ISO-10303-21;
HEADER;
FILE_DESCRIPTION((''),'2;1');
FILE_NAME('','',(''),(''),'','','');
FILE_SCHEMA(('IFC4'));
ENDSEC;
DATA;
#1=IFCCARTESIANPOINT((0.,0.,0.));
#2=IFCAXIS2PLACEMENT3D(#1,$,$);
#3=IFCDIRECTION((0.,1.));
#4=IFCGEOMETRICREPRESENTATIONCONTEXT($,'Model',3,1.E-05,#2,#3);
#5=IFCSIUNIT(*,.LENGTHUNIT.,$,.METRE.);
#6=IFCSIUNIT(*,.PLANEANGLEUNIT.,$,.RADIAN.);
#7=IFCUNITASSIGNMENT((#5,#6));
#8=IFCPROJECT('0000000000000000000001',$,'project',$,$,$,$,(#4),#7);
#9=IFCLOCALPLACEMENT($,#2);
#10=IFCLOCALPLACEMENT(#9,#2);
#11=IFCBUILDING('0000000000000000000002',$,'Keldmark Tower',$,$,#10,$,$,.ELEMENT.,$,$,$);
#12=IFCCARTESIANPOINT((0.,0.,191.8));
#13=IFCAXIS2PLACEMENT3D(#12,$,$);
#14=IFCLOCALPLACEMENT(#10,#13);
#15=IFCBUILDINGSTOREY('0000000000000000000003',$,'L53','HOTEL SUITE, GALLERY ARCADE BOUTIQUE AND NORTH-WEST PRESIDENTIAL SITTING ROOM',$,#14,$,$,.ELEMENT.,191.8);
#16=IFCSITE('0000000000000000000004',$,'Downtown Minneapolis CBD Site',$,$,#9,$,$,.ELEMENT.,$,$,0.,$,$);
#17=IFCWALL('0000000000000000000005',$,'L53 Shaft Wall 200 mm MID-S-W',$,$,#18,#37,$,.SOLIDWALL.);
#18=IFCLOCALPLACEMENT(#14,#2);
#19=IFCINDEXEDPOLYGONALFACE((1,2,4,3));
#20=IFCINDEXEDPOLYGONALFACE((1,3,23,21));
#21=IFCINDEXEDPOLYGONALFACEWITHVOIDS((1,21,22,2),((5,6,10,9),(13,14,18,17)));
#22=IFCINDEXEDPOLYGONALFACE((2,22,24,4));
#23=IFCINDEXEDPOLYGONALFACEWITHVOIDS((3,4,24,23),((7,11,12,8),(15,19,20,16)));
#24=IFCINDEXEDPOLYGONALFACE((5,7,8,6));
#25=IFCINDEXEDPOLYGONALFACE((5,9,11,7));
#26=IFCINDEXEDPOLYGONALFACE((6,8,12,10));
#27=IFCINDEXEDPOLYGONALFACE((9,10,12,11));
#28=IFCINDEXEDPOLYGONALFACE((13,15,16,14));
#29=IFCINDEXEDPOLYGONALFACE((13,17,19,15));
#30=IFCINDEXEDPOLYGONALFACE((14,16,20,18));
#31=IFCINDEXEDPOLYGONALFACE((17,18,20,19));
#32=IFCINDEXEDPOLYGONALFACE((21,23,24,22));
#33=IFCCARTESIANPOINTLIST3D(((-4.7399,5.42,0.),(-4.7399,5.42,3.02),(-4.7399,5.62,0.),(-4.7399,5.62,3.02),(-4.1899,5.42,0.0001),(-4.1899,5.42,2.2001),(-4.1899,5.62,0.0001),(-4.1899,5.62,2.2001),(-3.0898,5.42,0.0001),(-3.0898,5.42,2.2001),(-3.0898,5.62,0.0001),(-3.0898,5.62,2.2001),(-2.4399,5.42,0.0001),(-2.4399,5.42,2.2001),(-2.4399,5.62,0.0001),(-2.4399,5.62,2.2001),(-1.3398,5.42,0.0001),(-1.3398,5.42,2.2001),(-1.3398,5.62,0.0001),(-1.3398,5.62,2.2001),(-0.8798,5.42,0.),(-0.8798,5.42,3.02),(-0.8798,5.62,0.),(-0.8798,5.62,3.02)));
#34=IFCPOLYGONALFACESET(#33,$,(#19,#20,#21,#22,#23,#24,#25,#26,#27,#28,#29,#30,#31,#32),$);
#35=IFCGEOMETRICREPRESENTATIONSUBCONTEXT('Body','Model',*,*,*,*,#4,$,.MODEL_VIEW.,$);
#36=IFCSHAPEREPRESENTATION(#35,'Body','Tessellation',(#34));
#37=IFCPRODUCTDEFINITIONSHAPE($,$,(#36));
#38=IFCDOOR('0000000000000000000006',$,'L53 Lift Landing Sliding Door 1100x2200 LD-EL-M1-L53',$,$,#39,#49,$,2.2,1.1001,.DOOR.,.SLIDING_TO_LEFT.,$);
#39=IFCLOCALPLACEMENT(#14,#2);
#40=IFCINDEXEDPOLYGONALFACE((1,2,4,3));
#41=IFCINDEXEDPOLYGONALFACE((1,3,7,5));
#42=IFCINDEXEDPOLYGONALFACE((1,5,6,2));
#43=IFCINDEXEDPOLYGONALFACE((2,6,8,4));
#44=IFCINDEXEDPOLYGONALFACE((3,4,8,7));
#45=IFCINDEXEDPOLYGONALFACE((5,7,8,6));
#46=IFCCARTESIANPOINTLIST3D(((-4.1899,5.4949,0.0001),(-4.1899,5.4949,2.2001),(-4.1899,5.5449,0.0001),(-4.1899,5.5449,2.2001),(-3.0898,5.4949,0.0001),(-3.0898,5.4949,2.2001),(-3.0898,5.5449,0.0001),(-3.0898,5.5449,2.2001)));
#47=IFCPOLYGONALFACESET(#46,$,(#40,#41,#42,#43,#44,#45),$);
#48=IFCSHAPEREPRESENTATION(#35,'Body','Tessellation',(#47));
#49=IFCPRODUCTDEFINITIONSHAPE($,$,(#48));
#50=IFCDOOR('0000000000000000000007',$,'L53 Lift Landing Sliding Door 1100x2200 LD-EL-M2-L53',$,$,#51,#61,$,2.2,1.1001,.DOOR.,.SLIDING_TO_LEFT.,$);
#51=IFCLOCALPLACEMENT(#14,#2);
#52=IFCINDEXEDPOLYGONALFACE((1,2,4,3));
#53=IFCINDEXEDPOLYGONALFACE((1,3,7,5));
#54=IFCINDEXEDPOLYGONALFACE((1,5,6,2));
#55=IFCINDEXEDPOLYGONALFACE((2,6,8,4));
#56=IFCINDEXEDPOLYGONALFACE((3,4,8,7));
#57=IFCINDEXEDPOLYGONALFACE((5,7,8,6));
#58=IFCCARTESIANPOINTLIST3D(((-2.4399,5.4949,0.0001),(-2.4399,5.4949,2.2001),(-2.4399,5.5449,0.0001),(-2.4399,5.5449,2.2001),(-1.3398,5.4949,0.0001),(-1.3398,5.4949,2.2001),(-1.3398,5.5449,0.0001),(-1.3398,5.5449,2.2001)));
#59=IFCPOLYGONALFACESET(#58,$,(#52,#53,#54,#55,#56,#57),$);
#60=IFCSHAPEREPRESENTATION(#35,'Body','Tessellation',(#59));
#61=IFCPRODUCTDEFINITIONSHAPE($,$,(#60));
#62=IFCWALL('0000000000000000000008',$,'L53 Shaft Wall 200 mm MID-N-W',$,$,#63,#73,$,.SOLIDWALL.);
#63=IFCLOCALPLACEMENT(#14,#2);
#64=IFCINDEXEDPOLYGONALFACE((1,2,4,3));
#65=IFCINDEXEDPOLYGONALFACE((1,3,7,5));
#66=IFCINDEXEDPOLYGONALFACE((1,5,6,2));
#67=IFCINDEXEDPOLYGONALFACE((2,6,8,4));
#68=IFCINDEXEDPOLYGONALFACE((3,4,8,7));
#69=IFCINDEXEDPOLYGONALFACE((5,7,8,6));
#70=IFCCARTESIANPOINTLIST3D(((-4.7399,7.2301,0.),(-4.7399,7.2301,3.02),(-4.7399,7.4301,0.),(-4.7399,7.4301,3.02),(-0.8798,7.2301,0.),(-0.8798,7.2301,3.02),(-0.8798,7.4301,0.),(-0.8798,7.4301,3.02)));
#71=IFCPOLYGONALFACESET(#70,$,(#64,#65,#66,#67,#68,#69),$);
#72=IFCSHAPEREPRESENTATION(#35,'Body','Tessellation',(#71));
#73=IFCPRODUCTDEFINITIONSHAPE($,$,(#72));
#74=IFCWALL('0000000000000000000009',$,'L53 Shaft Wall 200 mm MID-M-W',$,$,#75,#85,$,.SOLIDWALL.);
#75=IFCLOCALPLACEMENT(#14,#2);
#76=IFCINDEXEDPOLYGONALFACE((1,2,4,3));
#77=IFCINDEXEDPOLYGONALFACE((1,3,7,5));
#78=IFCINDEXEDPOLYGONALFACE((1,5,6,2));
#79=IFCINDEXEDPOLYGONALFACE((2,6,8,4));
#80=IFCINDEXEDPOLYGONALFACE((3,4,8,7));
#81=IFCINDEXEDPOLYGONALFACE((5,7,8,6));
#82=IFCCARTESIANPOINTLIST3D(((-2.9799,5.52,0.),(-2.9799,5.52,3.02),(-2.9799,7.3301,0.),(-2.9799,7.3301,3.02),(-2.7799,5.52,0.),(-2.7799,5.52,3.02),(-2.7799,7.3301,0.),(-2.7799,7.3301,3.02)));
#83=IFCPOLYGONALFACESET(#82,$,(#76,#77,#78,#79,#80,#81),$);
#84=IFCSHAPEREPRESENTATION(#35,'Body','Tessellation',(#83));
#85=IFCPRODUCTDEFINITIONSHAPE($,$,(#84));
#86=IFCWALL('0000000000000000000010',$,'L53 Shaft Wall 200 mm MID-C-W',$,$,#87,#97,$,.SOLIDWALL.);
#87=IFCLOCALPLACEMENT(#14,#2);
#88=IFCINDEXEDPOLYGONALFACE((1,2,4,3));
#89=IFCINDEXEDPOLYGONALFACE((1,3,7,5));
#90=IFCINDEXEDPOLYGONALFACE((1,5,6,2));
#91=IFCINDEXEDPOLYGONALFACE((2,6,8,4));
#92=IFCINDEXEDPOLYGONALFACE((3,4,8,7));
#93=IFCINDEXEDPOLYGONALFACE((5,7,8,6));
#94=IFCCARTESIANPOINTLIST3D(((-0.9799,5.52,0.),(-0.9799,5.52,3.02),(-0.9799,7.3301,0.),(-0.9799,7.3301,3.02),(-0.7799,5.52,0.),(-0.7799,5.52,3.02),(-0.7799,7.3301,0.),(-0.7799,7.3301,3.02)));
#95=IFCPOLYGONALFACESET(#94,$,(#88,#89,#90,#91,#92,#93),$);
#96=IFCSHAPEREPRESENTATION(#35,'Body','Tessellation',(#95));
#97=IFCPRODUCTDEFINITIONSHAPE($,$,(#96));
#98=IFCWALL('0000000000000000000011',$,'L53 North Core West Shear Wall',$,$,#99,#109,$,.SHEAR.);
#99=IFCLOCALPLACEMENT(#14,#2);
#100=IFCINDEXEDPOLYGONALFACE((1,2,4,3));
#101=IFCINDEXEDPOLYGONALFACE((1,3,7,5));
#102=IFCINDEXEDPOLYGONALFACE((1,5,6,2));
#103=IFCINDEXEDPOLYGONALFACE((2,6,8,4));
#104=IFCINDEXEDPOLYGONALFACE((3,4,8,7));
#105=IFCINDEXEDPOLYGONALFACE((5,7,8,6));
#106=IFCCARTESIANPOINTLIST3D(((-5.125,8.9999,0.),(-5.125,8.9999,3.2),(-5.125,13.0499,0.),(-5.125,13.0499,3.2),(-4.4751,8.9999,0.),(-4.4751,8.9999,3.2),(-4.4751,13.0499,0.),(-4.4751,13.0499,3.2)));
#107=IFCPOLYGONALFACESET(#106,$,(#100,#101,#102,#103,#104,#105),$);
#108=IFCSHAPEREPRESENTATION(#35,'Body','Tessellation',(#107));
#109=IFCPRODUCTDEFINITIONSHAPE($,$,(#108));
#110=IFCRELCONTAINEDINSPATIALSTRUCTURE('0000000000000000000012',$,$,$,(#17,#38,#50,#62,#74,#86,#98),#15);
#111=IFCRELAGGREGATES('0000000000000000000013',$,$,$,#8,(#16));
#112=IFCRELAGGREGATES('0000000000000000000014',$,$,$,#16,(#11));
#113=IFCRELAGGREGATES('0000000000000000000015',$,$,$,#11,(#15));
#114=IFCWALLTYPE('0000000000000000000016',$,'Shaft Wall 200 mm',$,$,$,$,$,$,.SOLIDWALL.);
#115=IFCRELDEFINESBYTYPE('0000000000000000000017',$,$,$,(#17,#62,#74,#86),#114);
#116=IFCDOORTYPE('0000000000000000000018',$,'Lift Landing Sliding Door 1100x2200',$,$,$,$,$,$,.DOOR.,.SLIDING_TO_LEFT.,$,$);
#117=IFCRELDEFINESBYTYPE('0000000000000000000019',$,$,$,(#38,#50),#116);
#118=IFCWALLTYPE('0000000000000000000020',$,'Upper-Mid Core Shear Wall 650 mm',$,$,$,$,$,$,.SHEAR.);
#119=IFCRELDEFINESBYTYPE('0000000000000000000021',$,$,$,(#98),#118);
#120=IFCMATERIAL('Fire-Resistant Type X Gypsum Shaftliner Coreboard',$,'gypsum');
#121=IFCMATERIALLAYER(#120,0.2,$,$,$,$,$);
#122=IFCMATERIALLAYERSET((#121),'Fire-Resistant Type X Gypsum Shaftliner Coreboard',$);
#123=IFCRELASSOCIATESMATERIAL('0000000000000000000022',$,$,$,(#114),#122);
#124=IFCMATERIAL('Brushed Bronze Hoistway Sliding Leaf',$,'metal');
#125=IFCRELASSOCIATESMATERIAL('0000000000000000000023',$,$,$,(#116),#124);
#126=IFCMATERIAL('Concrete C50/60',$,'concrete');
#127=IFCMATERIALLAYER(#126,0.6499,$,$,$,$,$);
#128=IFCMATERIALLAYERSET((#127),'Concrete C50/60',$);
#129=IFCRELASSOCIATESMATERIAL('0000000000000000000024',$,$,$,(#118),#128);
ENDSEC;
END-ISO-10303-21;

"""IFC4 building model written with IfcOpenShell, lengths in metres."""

from ifc_helpers import new_model, si_unit, direction, frame, frame_2d, origin, place, context, subcontext, project, spatial, rectangle, extrude, material, layer, layer_set, type_object, element, fill, save


model = new_model("IFC4")

# Units and contexts
model_context = context("Model", 3, precision=1e-05, world=origin(), true_north=direction((0.0, 1.0)))
body_context = subcontext(model_context, "Body", "Model", "MODEL_VIEW")
ifc_project = project(units=[si_unit("LENGTHUNIT", "METRE"), si_unit("PLANEANGLEUNIT", "RADIAN")], contexts=[model_context])

# Site, building, storey
site_placement = place(None, origin())
site = spatial("IfcSite", under=ifc_project, at=site_placement, Name="Downtown Minneapolis CBD Site", CompositionType="ELEMENT", RefElevation=0.0)
building_placement = place(site_placement, origin())
building = spatial("IfcBuilding", under=site, at=building_placement, Name="Keldmark Tower", CompositionType="ELEMENT")
storey_placement = place(building_placement, frame((0.0, 0.0, 191.8)))
storey = spatial("IfcBuildingStorey", under=building, at=storey_placement, Name="L53", Description="HOTEL SUITE, GALLERY ARCADE BOUTIQUE AND NORTH-WEST PRESIDENTIAL SITTING ROOM", CompositionType="ELEMENT", Elevation=191.8)

# Wall, openings, doors
ifc_material_1 = material(Name="Fire-Resistant Type X Gypsum Shaftliner Coreboard", Category="gypsum")
ifc_layer_1 = layer(ifc_material_1, 0.2)
ifc_layer_set_1 = layer_set([ifc_layer_1], Name="Fire-Resistant Type X Gypsum Shaftliner Coreboard")
wall_type_1 = type_object("IfcWallType", Name="Shaft Wall 200 mm", PredefinedType="SOLIDWALL", material=ifc_layer_set_1)
wall_1_placement = place(storey_placement, frame((-4.74, 5.52, 0.0), z_axis=(0.0, 0.0, 1.0), x_axis=(1.0, 0.0, 0.0)))
wall_1 = element("IfcWall", 1, at=wall_1_placement, inside=storey, type_object=wall_type_1, Name="L53 Shaft Wall 200 mm MID-S-W", PredefinedType="SOLIDWALL", context=body_context, shape_type="SweptSolid", body=[
    extrude(rectangle(XDim=3.8601, YDim=0.2, at=frame_2d((1.9302, 0.0))), origin(), (0.0, 0.0, 1.0), 3.02),
])
opening_1_placement = place(wall_1_placement, frame((0.55, 0.0, 0.0)))
opening_1 = element("IfcOpeningElement", 2, at=opening_1_placement, cuts=wall_1, PredefinedType="OPENING", context=body_context, shape_type="SweptSolid", body=[
    extrude(rectangle(XDim=1.1001, YDim=2.2, at=frame_2d((0.55, 1.1001))), frame((0.0, 0.1099, 0.0), z_axis=(0.0, -1.0, 0.0), x_axis=(1.0, 0.0, 0.0)), (0.0, 0.0, 1.0), 0.22),
])
opening_2_placement = place(wall_1_placement, frame((2.3, 0.0, 0.0)))
opening_2 = element("IfcOpeningElement", 3, at=opening_2_placement, cuts=wall_1, PredefinedType="OPENING", context=body_context, shape_type="SweptSolid", body=[
    extrude(rectangle(XDim=1.1001, YDim=2.2, at=frame_2d((0.55, 1.1001))), frame((0.0, 0.1099, 0.0), z_axis=(0.0, -1.0, 0.0), x_axis=(1.0, 0.0, 0.0)), (0.0, 0.0, 1.0), 0.22),
])
ifc_material_2 = material(Name="Brushed Bronze Hoistway Sliding Leaf", Category="metal")
door_type_1 = type_object("IfcDoorType", Name="Lift Landing Sliding Door 1100x2200", OperationType="SLIDING_TO_LEFT", PredefinedType="DOOR", material=ifc_material_2)
door_1_placement = place(opening_1_placement, origin())
door_1 = element("IfcDoor", 4, at=door_1_placement, inside=storey, type_object=door_type_1, Name="L53 Lift Landing Sliding Door 1100x2200 LD-EL-M1-L53", OperationType="SLIDING_TO_LEFT", OverallHeight=2.2, OverallWidth=1.1001, PredefinedType="DOOR", context=body_context, shape_type="SweptSolid", body=[
    extrude(rectangle(XDim=1.1001, YDim=2.2, at=frame_2d((0.55, 1.1001))), frame((0.0, 0.0249, 0.0), z_axis=(0.0, -1.0, 0.0), x_axis=(1.0, 0.0, 0.0)), (0.0, 0.0, 1.0), 0.05),
])
fill(opening_1, door_1)
door_2_placement = place(opening_2_placement, origin())
door_2 = element("IfcDoor", 5, at=door_2_placement, inside=storey, type_object=door_type_1, Name="L53 Lift Landing Sliding Door 1100x2200 LD-EL-M2-L53", OperationType="SLIDING_TO_LEFT", OverallHeight=2.2, OverallWidth=1.1001, PredefinedType="DOOR", context=body_context, shape_type="SweptSolid", body=[
    extrude(rectangle(XDim=1.1001, YDim=2.2, at=frame_2d((0.55, 1.1001))), frame((0.0, 0.0249, 0.0), z_axis=(0.0, -1.0, 0.0), x_axis=(1.0, 0.0, 0.0)), (0.0, 0.0, 1.0), 0.05),
])
fill(opening_2, door_2)

# Walls
wall_2_placement = place(storey_placement, frame((-4.74, 7.3301, 0.0), z_axis=(0.0, 0.0, 1.0), x_axis=(1.0, 0.0, 0.0)))
element("IfcWall", 6, at=wall_2_placement, inside=storey, type_object=wall_type_1, Name="L53 Shaft Wall 200 mm MID-N-W", PredefinedType="SOLIDWALL", context=body_context, shape_type="SweptSolid", body=[
    extrude(rectangle(XDim=3.8601, YDim=0.2, at=frame_2d((1.9302, 0.0))), origin(), (0.0, 0.0, 1.0), 3.02),
])
for number, where, z_axis, x_axis, name in (
    (7, (-2.8799, 5.52, 0.0), (0.0, 0.0, 1.0), (0.0, 1.0, 0.0), "L53 Shaft Wall 200 mm MID-M-W"),
    (8, (-0.8799, 5.52, 0.0), (0.0, 0.0, 1.0), (0.0, 1.0, 0.0), "L53 Shaft Wall 200 mm MID-C-W"),
):
    element("IfcWall", number, at=place(storey_placement, frame(where, z_axis=z_axis, x_axis=x_axis)), inside=storey, type_object=wall_type_1, Name=name, PredefinedType="SOLIDWALL", context=body_context, shape_type="SweptSolid", body=[
        extrude(rectangle(XDim=1.8101, YDim=0.2, at=frame_2d((0.905, 0.0))), origin(), (0.0, 0.0, 1.0), 3.02),
    ])

# Shared definitions
ifc_material_3 = material(Name="Concrete C50/60", Category="concrete")
ifc_layer_2 = layer(ifc_material_3, 0.6499)
ifc_layer_set_2 = layer_set([ifc_layer_2], Name="Concrete C50/60")
wall_type_2 = type_object("IfcWallType", Name="Upper-Mid Core Shear Wall 650 mm", PredefinedType="SHEAR", material=ifc_layer_set_2)

# Wall
wall_3_placement = place(storey_placement, frame((-4.8, 9.0, 0.0), z_axis=(0.0, 0.0, 1.0), x_axis=(0.0, 1.0, 0.0)))
element("IfcWall", 9, at=wall_3_placement, inside=storey, type_object=wall_type_2, Name="L53 North Core West Shear Wall", PredefinedType="SHEAR", context=body_context, shape_type="SweptSolid", body=[
    extrude(rectangle(XDim=4.05, YDim=0.6499, at=frame_2d((2.0249, 0.0))), origin(), (0.0, 0.0, 1.0), 3.2),
])

save(model, "model.ifc")
